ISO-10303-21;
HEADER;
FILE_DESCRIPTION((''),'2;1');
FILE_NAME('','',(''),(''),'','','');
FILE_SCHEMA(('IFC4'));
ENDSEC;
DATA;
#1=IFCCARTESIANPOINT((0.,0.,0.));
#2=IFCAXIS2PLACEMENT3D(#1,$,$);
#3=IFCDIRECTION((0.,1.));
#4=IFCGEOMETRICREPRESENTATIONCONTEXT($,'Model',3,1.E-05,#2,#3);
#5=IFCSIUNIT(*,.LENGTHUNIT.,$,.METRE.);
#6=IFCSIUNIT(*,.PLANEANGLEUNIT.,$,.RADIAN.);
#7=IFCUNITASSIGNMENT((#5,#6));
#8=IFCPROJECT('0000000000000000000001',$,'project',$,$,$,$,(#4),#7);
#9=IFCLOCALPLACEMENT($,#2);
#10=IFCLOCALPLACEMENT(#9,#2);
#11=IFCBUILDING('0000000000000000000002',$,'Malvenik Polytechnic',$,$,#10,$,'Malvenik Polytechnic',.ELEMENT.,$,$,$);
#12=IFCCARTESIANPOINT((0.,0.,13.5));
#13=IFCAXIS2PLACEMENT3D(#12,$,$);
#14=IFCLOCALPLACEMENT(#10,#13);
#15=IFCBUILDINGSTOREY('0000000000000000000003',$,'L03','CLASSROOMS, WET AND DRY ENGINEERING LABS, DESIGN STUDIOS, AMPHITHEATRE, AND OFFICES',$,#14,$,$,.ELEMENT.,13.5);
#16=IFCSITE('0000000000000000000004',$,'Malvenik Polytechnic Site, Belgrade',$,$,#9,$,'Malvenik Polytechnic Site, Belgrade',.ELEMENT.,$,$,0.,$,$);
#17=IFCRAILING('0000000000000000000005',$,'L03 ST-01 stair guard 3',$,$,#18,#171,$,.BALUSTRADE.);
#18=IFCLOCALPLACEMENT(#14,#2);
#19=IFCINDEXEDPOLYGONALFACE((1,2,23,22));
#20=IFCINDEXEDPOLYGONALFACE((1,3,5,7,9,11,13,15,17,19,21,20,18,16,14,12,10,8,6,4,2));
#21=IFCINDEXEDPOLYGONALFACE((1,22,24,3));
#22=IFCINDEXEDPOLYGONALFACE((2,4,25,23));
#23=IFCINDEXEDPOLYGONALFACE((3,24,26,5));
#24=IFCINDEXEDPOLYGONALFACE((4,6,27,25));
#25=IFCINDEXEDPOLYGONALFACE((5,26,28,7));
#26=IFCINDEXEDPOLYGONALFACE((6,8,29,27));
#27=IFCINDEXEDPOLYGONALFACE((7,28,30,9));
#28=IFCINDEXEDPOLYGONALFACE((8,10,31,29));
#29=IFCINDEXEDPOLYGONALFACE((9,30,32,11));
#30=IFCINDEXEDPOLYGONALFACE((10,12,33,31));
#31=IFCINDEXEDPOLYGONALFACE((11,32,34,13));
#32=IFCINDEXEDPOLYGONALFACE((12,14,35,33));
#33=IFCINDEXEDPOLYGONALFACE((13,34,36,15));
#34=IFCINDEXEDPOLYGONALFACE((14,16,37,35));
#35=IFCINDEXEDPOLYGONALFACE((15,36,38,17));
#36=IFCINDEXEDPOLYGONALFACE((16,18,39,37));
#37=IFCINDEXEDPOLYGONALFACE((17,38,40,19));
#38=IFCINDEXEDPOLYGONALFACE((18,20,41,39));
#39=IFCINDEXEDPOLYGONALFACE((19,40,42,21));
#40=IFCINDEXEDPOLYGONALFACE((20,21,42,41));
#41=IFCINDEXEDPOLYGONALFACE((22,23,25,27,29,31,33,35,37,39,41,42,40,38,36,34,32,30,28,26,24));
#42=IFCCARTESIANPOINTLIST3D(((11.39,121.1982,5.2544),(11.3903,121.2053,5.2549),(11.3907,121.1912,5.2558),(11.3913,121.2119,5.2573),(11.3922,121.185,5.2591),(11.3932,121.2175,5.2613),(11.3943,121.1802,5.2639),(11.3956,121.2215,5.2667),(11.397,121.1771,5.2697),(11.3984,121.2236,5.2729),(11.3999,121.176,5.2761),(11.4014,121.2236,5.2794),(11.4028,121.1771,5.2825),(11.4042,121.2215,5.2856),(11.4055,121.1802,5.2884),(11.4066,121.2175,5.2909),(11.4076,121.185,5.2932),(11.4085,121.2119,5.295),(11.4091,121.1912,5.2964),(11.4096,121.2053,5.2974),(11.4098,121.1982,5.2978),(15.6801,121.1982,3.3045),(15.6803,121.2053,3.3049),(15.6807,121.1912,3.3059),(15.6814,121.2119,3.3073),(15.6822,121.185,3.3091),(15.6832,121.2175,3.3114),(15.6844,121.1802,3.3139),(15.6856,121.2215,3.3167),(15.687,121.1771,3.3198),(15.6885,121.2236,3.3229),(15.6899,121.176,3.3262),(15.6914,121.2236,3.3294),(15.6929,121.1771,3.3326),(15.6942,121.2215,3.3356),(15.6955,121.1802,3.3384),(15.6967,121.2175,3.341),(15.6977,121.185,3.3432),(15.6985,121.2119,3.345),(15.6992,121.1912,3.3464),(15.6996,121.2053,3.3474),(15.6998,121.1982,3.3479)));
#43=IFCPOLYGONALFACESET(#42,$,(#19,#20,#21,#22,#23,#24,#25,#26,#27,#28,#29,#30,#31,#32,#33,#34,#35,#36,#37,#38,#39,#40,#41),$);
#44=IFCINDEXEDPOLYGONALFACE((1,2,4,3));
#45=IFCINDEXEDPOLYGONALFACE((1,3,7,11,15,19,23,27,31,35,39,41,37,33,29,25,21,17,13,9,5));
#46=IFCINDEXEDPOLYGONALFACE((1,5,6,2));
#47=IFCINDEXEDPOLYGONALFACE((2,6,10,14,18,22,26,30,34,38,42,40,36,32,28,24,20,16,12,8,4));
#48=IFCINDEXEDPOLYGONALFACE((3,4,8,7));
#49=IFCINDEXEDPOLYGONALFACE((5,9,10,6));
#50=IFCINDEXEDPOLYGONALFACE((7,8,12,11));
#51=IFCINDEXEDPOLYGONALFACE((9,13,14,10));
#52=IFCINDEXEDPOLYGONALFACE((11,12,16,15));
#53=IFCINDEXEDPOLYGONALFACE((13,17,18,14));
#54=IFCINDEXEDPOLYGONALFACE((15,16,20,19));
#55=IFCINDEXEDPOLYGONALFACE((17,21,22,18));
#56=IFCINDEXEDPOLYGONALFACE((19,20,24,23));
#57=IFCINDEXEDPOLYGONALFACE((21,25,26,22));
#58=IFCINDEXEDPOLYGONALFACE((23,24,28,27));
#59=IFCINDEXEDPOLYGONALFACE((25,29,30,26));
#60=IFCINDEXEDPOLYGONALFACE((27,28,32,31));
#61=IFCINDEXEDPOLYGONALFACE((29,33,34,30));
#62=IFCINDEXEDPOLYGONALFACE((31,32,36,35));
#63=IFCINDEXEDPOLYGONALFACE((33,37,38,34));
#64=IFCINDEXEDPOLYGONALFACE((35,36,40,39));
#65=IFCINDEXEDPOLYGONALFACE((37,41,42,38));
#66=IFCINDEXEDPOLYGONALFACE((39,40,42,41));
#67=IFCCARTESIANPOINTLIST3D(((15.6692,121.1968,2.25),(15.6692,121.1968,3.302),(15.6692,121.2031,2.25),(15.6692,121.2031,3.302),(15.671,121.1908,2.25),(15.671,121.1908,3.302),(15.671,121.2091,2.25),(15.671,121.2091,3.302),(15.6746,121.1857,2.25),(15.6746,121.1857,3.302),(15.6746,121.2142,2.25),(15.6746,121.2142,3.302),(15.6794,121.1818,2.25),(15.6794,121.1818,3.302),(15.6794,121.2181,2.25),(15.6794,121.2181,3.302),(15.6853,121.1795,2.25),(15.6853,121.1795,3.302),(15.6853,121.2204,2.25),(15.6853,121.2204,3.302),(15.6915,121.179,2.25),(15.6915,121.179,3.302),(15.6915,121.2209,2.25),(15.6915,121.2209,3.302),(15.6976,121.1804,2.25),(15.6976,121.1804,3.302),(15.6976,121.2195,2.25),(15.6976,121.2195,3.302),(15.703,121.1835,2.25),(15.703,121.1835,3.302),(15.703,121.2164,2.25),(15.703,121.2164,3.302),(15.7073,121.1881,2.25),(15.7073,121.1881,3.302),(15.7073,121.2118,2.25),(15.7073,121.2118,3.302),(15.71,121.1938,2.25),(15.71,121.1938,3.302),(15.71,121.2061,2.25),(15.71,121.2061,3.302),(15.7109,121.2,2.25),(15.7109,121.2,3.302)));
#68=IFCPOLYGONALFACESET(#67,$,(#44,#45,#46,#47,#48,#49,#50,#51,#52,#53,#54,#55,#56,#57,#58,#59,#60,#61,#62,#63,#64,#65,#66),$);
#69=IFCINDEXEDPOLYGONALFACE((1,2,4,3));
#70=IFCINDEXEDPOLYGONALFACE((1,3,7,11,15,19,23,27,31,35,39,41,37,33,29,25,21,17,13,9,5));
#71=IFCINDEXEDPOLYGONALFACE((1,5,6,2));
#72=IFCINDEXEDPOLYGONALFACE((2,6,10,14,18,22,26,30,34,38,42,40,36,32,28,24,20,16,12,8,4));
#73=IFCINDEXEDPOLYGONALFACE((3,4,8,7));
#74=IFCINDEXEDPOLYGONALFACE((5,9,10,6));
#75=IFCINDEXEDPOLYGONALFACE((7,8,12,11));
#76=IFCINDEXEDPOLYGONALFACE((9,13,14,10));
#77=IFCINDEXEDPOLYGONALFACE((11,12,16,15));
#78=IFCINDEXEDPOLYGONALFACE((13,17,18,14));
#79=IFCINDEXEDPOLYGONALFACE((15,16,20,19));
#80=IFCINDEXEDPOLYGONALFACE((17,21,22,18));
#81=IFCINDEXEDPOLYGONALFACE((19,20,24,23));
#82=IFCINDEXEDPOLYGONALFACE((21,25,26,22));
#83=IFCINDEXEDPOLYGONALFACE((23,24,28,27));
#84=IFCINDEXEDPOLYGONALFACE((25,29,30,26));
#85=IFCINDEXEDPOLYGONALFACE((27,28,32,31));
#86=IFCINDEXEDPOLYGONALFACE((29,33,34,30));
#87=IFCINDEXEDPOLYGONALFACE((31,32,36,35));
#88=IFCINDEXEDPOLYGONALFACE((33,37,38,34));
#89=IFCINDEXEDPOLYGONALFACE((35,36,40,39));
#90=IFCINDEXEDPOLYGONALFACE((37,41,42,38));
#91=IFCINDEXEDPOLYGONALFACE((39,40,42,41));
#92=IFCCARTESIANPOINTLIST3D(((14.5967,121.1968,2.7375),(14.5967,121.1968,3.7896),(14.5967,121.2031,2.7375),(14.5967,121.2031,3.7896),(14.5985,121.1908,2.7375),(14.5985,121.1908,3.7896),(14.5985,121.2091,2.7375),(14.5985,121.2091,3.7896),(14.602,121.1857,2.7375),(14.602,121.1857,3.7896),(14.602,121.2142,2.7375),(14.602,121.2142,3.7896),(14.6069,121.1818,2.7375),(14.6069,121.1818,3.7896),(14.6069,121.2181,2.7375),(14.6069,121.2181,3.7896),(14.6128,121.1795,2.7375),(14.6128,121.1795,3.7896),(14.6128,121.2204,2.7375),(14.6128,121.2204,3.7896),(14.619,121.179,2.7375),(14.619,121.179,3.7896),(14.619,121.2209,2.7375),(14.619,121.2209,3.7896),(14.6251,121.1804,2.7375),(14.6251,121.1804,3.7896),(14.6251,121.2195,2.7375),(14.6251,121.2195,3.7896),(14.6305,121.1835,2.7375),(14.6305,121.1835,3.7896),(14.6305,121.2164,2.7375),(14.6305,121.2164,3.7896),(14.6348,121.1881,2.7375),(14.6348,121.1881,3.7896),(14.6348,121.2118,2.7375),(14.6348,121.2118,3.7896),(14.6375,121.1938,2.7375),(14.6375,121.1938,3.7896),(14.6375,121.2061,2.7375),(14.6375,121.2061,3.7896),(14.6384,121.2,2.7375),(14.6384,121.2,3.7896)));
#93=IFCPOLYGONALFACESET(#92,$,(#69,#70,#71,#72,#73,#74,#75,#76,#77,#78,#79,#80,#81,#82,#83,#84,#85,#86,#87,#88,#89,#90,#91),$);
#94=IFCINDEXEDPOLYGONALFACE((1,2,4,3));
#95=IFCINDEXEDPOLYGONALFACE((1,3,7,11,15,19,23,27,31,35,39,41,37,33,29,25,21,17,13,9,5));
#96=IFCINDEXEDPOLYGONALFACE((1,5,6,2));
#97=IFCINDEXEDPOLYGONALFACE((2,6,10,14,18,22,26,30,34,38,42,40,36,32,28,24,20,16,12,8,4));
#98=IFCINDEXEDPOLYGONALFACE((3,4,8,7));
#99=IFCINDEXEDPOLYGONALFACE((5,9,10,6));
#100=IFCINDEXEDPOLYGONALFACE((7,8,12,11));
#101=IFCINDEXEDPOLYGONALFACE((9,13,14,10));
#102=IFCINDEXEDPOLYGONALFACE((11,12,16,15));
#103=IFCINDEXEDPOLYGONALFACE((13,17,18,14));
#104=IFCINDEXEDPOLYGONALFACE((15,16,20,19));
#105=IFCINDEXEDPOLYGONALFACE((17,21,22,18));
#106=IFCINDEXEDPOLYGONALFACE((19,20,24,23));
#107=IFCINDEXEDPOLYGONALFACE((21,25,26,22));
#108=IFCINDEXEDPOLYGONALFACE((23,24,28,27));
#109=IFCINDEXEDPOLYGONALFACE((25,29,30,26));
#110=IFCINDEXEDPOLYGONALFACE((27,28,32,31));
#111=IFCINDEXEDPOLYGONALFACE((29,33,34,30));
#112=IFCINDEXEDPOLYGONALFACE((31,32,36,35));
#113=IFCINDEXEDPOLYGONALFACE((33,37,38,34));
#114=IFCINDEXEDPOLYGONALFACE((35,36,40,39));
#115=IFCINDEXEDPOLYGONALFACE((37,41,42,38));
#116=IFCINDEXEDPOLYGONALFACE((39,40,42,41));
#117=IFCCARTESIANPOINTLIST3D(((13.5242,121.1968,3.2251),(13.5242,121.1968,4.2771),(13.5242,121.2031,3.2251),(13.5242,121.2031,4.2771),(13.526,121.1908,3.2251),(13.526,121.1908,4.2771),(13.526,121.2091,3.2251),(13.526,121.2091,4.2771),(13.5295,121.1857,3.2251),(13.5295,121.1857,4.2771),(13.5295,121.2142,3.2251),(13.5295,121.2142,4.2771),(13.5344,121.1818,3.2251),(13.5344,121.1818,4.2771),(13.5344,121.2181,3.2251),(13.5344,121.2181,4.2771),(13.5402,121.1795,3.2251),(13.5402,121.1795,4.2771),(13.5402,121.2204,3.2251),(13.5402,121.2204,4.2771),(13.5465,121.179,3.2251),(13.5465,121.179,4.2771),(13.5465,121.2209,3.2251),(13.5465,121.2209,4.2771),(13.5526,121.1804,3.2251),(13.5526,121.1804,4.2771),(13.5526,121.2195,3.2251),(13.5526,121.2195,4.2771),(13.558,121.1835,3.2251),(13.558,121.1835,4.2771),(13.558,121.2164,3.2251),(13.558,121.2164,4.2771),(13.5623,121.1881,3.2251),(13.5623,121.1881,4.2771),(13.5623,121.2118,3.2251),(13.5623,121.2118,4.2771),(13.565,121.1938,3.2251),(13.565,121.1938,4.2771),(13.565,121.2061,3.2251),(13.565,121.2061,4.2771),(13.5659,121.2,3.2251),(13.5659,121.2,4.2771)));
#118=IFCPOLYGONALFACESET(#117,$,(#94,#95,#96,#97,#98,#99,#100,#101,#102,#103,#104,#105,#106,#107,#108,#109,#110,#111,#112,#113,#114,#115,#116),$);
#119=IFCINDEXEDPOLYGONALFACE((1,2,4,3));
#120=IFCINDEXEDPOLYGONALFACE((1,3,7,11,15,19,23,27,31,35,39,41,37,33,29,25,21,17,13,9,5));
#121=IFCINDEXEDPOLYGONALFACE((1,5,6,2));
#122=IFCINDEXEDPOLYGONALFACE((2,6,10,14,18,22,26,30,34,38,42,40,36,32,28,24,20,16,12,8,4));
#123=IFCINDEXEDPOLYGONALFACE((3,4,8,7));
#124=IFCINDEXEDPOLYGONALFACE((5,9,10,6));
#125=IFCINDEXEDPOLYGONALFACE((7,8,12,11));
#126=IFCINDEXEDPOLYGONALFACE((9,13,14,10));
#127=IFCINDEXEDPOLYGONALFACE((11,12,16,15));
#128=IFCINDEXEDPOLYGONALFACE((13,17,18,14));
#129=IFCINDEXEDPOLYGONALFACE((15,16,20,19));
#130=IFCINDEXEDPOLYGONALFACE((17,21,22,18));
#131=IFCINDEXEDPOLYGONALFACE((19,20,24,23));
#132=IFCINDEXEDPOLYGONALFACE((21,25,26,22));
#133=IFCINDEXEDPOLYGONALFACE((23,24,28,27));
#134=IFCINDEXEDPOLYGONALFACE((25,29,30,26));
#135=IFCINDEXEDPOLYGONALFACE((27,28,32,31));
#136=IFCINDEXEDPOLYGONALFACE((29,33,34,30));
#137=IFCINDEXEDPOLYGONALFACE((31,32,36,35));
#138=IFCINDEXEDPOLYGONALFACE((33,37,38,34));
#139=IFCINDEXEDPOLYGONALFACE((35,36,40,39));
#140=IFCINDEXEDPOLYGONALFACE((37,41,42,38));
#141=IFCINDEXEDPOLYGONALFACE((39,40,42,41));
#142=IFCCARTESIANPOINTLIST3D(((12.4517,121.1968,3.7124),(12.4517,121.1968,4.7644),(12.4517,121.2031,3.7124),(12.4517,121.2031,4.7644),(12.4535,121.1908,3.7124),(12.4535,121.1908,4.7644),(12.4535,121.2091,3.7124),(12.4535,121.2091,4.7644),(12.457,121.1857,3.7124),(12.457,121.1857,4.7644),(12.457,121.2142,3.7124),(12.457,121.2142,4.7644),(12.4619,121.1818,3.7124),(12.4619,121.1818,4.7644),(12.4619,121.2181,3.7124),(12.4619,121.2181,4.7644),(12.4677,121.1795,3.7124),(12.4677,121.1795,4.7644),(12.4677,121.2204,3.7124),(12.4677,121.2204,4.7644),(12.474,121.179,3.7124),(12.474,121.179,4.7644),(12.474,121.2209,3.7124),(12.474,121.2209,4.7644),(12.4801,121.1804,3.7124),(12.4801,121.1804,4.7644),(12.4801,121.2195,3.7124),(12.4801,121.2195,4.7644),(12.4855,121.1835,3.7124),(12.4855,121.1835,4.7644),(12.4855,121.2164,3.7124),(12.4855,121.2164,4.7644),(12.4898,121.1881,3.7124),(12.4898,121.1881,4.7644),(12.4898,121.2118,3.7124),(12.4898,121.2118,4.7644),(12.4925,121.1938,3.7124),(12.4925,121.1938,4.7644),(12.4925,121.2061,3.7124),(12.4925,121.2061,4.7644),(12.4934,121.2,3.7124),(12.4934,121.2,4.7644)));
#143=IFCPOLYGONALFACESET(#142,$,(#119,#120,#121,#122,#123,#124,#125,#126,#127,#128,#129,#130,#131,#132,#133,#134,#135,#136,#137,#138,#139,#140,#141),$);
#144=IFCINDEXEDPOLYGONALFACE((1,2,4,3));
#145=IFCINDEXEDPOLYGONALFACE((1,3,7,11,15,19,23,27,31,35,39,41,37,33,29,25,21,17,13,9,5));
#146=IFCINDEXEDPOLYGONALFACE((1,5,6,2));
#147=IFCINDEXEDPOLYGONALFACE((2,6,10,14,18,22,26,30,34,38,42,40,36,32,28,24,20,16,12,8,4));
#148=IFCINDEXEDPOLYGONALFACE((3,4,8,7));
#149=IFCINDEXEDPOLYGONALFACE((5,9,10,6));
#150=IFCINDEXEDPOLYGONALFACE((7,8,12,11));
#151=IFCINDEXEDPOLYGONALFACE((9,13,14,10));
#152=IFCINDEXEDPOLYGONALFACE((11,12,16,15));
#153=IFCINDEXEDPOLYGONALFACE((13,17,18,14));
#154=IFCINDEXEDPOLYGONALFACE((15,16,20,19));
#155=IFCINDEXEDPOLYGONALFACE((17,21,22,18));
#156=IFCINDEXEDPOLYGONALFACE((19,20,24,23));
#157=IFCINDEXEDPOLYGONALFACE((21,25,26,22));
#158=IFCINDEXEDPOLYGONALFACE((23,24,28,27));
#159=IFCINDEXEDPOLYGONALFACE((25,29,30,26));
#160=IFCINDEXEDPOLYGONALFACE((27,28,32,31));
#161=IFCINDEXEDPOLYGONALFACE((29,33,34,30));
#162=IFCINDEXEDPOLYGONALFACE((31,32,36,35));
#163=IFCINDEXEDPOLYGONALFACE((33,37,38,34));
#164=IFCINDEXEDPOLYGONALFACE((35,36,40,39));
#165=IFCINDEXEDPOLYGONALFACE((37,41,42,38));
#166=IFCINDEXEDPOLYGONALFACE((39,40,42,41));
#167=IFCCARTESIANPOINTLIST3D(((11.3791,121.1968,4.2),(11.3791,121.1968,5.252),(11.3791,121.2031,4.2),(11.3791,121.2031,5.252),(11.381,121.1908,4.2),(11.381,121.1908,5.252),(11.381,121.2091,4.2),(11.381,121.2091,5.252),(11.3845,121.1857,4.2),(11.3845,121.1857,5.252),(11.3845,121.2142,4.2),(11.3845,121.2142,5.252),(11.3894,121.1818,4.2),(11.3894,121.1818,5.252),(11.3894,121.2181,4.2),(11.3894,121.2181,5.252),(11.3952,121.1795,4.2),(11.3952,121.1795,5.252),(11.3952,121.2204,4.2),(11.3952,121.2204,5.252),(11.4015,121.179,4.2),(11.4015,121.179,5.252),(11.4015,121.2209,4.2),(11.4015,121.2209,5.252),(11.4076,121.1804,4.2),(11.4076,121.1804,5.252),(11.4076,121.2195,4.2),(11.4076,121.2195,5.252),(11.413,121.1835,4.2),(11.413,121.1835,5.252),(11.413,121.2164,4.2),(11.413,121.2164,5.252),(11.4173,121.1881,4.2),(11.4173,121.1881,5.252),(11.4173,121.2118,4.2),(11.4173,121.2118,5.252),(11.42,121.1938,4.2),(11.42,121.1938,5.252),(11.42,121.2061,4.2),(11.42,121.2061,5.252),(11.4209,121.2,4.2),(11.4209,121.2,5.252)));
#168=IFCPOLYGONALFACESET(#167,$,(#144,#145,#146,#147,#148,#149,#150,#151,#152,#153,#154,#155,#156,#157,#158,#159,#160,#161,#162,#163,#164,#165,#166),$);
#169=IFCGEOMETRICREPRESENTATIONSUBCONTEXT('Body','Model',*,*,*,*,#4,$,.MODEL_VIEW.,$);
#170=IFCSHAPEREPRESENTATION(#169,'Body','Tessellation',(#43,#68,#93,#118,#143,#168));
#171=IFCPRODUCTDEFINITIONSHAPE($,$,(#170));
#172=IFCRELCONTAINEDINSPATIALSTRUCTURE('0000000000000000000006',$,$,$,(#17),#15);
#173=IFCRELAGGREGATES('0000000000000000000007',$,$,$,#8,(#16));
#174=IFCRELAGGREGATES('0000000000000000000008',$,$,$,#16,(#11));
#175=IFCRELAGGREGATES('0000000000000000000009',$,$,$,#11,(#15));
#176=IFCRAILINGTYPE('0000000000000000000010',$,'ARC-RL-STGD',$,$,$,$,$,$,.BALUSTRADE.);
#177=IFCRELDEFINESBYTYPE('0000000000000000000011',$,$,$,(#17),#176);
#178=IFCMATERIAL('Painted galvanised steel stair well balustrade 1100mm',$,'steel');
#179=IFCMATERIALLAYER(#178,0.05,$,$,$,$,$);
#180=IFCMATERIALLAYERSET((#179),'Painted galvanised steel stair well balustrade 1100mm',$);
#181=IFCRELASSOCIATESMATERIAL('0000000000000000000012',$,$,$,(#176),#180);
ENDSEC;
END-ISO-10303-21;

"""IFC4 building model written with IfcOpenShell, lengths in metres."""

from ifc_helpers import new_model, si_unit, direction, frame, origin, origin_2d, place, context, subcontext, project, spatial, circle, extrude, material, layer, layer_set, type_object, element, save


model = new_model("IFC4")

# Units and contexts
model_context = context("Model", 3, precision=1e-05, world=origin(), true_north=direction((0.0, 1.0)))
body_context = subcontext(model_context, "Body", "Model", "MODEL_VIEW")
ifc_project = project(units=[si_unit("LENGTHUNIT", "METRE"), si_unit("PLANEANGLEUNIT", "RADIAN")], contexts=[model_context])

# Site, building, storey
site_placement = place(None, origin())
site = spatial("IfcSite", under=ifc_project, at=site_placement, Name="Malvenik Polytechnic Site, Belgrade", LongName="Malvenik Polytechnic Site, Belgrade", CompositionType="ELEMENT", RefElevation=0.0)
building_placement = place(site_placement, origin())
building = spatial("IfcBuilding", under=site, at=building_placement, Name="Malvenik Polytechnic", LongName="Malvenik Polytechnic", CompositionType="ELEMENT")
storey_placement = place(building_placement, frame((0.0, 0.0, 13.5)))
storey = spatial("IfcBuildingStorey", under=building, at=storey_placement, Name="L03", Description="CLASSROOMS, WET AND DRY ENGINEERING LABS, DESIGN STUDIOS, AMPHITHEATRE, AND OFFICES", CompositionType="ELEMENT", Elevation=13.5)

# Railing
ifc_material_1 = material(Name="Painted galvanised steel stair well balustrade 1100mm", Category="steel")
ifc_layer_1 = layer(ifc_material_1, 0.05)
ifc_layer_set_1 = layer_set([ifc_layer_1], Name="Painted galvanised steel stair well balustrade 1100mm")
railing_type_1 = type_object("IfcRailingType", Name="ARC-RL-STGD", PredefinedType="BALUSTRADE", material=ifc_layer_set_1)
railing_1_placement = place(storey_placement, frame((15.6899, 121.2, 2.25)))
element("IfcRailing", 1, at=railing_1_placement, inside=storey, type_object=railing_type_1, Name="L03 ST-01 stair guard 3", PredefinedType="BALUSTRADE", context=body_context, shape_type="SweptSolid", body=[
    extrude(circle(Radius=0.0239, at=origin_2d()), frame((0.0, 0.0, 1.0762), z_axis=(-0.910372, 0.0, 0.413791), x_axis=(0.0, -1.0, 0.0)), (0.0, 0.0, 1.0), 4.7124),
    extrude(circle(Radius=0.021, at=origin_2d()), origin(), (0.0, 0.0, 1.0), 1.052),
    extrude(circle(Radius=0.021, at=origin_2d()), frame((-1.0725, 0.0, 0.4875)), (0.0, 0.0, 1.0), 1.052),
    extrude(circle(Radius=0.021, at=origin_2d()), frame((-2.145, 0.0, 0.9751)), (0.0, 0.0, 1.0), 1.052),
    extrude(circle(Radius=0.021, at=origin_2d()), frame((-3.2175, 0.0, 1.4624)), (0.0, 0.0, 1.0), 1.052),
    extrude(circle(Radius=0.021, at=origin_2d()), frame((-4.29, 0.0, 1.95)), (0.0, 0.0, 1.0), 1.052),
])

save(model, "model.ifc")
